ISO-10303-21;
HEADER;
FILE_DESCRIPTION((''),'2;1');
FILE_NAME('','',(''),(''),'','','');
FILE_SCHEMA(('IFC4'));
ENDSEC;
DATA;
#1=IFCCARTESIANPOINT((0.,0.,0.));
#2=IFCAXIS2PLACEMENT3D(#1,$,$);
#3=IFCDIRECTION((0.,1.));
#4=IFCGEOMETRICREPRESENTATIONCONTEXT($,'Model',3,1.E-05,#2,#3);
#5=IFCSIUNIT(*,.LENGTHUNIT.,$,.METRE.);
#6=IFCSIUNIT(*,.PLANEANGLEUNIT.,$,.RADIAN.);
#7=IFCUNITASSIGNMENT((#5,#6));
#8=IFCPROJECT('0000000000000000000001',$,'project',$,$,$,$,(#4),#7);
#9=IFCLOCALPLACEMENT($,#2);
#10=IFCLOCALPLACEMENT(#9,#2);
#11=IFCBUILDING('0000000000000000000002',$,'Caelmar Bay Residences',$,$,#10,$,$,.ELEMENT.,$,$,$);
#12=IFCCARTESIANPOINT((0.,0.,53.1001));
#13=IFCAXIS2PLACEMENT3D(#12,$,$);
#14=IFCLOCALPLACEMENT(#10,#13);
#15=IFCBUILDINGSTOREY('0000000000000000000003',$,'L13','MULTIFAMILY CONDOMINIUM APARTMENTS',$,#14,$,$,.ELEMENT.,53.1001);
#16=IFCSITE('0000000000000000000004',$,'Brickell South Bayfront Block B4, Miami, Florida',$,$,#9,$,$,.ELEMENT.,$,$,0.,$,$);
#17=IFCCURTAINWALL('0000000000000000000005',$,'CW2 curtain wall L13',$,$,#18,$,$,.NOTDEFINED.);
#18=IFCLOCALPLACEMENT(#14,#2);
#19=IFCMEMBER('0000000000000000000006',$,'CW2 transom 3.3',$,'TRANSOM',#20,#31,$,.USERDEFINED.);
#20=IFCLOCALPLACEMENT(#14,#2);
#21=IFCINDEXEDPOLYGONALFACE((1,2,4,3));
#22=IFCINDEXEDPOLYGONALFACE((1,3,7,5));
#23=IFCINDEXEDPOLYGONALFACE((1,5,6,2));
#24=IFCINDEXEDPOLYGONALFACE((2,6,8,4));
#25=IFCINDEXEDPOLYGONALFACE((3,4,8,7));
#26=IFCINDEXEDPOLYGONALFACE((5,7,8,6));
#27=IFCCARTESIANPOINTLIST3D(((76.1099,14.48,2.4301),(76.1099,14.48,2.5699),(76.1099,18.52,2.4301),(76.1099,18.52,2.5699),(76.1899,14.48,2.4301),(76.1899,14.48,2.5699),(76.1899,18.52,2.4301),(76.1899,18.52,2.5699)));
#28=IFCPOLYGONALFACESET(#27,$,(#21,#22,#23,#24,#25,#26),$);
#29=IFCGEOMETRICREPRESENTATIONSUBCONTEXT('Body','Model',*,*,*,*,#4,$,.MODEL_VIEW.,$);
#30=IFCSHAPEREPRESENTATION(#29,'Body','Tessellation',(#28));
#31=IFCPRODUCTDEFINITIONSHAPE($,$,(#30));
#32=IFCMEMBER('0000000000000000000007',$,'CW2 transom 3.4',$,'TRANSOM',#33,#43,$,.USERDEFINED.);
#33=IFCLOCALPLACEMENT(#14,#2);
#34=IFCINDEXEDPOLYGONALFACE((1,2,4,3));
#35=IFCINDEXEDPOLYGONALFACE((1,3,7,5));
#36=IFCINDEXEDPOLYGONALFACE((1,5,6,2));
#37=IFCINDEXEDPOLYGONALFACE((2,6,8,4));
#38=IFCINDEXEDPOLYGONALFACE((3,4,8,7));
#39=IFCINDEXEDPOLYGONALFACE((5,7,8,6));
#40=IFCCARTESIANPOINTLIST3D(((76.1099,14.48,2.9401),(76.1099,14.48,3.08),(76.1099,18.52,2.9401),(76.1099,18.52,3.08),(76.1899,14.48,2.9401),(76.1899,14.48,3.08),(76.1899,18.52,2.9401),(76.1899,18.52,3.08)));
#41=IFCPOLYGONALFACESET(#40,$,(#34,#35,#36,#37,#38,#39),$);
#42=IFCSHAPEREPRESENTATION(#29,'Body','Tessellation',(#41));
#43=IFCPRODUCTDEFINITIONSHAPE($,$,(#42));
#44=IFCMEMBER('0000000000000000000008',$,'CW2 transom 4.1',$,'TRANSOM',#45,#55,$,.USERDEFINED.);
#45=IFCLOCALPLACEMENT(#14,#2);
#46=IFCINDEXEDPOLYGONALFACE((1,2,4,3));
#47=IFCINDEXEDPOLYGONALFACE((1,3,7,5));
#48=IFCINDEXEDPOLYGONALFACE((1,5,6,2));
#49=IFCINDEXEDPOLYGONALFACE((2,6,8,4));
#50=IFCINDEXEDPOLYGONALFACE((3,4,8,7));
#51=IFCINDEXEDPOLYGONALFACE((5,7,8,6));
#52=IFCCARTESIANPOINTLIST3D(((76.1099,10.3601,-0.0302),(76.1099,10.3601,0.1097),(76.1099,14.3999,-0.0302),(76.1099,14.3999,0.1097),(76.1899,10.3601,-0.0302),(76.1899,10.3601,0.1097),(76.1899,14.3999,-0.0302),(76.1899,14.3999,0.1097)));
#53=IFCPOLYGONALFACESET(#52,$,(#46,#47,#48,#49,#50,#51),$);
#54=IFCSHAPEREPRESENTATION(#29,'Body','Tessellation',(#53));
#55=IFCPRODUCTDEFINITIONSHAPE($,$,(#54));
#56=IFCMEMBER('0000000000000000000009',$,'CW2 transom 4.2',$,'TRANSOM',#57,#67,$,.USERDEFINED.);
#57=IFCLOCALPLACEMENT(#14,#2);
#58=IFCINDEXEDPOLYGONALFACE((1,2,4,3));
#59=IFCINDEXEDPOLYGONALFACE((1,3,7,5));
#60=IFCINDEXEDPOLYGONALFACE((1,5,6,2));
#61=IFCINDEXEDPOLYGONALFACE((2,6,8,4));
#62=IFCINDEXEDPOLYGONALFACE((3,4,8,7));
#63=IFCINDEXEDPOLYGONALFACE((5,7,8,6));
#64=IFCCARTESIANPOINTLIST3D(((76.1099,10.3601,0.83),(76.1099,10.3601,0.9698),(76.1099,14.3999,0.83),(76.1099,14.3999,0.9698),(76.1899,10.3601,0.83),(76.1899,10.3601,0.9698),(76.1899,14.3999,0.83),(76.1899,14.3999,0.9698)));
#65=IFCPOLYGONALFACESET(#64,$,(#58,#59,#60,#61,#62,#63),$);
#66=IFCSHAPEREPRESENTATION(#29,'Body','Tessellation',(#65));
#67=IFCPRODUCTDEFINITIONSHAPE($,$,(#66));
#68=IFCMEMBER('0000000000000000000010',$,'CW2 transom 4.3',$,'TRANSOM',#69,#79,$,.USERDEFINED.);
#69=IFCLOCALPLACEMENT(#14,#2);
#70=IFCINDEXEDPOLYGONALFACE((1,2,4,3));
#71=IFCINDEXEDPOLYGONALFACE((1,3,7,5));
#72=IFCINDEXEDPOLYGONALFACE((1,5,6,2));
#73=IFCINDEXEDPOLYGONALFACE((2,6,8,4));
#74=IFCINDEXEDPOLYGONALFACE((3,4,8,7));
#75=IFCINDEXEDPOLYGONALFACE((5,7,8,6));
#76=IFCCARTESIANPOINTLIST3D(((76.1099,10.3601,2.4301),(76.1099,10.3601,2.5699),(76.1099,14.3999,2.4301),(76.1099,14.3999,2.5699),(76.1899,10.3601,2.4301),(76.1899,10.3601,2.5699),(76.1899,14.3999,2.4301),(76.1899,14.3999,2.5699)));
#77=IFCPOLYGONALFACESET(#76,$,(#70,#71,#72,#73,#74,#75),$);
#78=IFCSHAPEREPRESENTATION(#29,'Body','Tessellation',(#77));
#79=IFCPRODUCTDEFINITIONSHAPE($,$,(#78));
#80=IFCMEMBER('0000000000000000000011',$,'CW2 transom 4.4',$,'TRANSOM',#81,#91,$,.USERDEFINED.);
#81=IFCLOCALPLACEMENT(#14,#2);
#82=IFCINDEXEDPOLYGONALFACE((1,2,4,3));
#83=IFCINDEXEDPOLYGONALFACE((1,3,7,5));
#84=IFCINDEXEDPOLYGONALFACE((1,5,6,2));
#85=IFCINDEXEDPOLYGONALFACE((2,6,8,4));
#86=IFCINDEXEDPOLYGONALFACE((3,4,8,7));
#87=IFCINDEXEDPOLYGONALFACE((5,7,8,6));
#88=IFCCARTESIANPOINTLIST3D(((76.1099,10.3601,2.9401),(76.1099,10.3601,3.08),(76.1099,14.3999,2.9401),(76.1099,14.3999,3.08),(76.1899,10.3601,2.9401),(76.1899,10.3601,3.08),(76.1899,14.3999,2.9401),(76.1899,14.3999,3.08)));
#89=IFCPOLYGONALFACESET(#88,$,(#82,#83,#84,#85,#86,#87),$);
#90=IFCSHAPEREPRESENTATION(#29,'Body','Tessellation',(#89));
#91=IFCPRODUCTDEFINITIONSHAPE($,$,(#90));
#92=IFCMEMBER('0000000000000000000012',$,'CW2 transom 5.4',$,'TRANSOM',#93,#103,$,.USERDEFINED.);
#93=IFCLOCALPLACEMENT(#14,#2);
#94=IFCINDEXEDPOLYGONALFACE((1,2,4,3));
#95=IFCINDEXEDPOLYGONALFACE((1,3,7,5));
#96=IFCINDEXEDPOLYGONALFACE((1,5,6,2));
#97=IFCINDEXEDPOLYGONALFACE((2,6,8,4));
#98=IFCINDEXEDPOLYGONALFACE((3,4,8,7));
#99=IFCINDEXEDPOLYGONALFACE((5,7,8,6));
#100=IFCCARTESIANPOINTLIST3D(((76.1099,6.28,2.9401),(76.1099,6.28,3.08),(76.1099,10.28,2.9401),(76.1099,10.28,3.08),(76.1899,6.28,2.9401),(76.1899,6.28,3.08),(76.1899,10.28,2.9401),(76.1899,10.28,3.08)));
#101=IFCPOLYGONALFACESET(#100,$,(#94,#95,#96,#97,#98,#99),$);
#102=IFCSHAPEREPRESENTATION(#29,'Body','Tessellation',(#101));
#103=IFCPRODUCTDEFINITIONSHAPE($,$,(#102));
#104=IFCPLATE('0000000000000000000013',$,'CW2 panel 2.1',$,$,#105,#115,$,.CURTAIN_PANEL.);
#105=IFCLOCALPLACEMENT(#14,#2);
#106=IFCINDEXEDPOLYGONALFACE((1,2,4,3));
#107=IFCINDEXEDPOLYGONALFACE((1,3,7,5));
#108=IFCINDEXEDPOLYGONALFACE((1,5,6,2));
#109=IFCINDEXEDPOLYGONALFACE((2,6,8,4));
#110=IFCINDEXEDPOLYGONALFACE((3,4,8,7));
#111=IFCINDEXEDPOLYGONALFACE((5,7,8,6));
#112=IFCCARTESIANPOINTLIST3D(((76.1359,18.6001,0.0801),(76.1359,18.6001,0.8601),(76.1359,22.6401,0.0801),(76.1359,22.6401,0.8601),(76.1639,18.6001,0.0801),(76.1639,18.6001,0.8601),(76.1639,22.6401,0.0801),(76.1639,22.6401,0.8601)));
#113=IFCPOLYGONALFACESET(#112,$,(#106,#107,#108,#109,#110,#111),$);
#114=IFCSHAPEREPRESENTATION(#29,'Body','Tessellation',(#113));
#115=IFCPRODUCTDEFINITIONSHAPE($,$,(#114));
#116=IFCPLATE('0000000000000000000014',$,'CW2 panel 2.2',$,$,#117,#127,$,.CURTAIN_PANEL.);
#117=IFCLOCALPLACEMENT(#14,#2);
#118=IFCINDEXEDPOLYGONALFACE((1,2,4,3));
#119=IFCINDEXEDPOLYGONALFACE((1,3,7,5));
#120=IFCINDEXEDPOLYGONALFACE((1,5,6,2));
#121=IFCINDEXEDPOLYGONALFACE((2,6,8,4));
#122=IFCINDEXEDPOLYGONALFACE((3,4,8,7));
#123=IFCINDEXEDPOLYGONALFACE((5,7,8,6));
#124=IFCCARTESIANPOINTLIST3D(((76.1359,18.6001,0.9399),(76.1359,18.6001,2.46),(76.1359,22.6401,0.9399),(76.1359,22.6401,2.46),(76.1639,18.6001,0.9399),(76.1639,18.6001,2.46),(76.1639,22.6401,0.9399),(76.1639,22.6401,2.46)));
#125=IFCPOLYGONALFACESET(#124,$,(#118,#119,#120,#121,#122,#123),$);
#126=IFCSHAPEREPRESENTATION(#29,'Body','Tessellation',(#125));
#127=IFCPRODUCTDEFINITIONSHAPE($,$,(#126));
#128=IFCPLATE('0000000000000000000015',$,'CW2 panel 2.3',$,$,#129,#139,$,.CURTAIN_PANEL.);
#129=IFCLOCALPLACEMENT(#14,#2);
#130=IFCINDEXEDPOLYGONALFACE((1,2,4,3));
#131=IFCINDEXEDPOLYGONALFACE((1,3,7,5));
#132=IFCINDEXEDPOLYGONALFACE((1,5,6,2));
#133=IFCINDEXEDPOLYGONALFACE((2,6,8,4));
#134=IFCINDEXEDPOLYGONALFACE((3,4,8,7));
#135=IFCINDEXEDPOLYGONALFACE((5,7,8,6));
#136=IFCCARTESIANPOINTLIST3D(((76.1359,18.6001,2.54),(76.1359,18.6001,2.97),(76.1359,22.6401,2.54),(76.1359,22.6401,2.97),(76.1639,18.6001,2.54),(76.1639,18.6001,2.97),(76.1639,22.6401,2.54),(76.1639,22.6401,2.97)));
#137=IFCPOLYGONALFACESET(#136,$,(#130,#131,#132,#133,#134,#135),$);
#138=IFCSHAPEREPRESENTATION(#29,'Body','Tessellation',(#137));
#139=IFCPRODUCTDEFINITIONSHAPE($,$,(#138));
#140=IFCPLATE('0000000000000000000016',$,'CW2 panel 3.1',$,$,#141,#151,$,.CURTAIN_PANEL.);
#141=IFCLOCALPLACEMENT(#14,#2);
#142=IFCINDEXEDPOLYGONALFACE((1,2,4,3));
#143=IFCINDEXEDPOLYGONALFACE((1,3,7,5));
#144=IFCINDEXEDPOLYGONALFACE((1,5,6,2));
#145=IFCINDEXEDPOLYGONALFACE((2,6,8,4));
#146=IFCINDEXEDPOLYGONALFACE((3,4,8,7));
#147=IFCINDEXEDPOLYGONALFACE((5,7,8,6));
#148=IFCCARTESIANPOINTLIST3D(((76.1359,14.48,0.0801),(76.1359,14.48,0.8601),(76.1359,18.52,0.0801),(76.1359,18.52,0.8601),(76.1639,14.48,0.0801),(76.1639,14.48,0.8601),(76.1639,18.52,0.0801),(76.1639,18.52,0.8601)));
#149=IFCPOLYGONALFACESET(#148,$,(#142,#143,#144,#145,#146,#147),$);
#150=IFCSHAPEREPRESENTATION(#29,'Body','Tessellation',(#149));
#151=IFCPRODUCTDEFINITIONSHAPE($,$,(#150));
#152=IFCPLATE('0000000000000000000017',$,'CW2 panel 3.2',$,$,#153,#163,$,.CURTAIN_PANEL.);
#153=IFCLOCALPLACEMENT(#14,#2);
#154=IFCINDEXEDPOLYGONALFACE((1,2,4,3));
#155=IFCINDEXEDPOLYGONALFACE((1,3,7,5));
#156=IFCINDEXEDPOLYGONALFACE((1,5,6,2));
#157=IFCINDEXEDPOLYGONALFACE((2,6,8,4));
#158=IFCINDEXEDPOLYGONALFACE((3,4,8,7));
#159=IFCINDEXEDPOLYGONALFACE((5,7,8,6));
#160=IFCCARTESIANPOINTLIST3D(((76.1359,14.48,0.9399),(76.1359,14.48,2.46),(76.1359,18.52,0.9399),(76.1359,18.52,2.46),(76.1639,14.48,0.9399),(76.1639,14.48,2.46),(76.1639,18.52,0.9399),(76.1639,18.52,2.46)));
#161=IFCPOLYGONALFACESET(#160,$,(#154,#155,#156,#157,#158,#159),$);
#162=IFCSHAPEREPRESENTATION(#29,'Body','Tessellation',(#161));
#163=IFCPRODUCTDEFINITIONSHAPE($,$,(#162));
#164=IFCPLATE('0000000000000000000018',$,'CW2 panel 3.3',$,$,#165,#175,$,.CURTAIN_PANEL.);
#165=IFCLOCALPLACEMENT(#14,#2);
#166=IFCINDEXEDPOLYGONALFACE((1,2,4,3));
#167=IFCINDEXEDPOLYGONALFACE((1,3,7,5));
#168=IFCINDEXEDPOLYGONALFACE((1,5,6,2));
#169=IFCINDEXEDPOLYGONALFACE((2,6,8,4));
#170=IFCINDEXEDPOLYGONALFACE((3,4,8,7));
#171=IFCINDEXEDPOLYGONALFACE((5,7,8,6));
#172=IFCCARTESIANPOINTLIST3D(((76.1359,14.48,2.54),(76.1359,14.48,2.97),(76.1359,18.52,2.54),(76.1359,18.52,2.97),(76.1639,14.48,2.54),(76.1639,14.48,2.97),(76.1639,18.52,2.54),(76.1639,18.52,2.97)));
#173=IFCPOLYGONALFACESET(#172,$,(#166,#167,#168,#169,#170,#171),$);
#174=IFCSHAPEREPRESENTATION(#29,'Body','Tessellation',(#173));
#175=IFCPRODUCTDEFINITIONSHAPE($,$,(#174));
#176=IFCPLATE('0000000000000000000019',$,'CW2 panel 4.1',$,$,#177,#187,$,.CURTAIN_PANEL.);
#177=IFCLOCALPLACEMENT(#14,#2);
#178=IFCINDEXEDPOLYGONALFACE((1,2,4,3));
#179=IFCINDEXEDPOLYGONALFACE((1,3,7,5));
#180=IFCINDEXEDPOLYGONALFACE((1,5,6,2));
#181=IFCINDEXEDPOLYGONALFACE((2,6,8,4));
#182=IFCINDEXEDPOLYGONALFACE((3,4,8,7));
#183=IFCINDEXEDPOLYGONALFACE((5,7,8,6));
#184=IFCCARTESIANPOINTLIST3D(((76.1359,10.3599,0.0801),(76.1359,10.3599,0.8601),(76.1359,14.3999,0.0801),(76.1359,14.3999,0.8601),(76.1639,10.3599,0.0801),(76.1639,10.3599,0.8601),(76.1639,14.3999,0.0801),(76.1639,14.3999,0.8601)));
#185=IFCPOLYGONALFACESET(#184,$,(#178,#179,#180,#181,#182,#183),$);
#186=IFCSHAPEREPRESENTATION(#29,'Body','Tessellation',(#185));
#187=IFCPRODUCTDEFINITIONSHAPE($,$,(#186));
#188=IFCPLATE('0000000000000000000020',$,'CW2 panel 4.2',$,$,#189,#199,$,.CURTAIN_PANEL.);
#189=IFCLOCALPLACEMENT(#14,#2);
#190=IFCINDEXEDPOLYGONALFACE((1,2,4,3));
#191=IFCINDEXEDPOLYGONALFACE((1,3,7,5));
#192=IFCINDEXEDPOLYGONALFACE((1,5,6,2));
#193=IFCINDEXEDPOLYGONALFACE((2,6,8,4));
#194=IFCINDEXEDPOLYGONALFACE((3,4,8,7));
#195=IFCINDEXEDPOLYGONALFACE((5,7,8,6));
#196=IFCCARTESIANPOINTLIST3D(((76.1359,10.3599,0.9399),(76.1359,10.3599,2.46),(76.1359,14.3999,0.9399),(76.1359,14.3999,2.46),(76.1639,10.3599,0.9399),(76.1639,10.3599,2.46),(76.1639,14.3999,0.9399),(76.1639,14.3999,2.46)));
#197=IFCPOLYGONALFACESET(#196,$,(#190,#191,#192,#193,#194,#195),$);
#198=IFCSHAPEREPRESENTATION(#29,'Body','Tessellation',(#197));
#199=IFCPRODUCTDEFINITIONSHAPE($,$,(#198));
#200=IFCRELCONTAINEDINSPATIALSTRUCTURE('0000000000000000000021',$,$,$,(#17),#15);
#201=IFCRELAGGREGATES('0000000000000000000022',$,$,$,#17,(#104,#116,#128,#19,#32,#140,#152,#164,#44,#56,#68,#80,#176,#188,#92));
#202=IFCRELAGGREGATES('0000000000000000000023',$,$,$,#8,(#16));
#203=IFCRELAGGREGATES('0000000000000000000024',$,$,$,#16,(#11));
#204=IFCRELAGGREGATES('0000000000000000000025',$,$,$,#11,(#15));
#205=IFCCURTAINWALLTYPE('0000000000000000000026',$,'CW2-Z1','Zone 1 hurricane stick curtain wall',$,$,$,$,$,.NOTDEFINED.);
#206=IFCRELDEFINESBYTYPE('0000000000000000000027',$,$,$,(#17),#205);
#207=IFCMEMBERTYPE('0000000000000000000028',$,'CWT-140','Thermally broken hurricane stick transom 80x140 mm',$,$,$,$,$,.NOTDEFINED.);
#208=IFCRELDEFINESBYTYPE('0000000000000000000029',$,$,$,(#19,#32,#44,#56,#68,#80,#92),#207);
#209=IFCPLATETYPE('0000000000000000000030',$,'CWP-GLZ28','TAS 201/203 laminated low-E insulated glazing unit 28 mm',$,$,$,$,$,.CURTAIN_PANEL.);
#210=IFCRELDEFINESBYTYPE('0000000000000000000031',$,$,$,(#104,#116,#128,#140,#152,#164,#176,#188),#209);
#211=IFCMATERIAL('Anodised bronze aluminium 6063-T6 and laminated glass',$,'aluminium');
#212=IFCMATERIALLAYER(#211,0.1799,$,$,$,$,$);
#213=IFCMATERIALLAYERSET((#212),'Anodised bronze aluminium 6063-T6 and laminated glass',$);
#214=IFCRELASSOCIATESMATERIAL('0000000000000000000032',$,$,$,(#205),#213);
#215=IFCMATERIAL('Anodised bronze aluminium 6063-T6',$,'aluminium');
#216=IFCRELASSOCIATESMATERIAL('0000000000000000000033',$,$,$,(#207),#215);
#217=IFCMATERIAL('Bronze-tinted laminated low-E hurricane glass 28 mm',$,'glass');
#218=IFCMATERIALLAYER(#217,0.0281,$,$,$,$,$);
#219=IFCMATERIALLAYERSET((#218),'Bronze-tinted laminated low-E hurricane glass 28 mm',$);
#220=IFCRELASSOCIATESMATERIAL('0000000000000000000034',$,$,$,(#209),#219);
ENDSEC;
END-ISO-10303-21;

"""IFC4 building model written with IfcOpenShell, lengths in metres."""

from ifc_helpers import new_model, si_unit, direction, frame, origin, origin_2d, place, context, subcontext, project, spatial, rectangle, extrude, material, layer, layer_set, material_profile, profile_set, type_object, element, aggregate, save


model = new_model("IFC4")

# Units and contexts
model_context = context("Model", 3, precision=1e-05, world=origin(), true_north=direction((0.0, 1.0)))
body_context = subcontext(model_context, "Body", "Model", "MODEL_VIEW")
ifc_project = project(units=[si_unit("LENGTHUNIT", "METRE"), si_unit("PLANEANGLEUNIT", "RADIAN")], contexts=[model_context])

# Site, building, storey
site_placement = place(None, origin())
site = spatial("IfcSite", under=ifc_project, at=site_placement, Name="Brickell South Bayfront Block B4, Miami, Florida", CompositionType="ELEMENT", RefElevation=0.0)
building_placement = place(site_placement, origin())
building = spatial("IfcBuilding", under=site, at=building_placement, Name="Caelmar Bay Residences", CompositionType="ELEMENT")
storey_placement = place(building_placement, frame((0.0, 0.0, 53.1001)))
storey = spatial("IfcBuildingStorey", under=building, at=storey_placement, Name="L13", Description="MULTIFAMILY CONDOMINIUM APARTMENTS", CompositionType="ELEMENT", Elevation=53.1001)

# Curtain wall, members, plates
ifc_material_1 = material(Name="Anodised bronze aluminium 6063-T6 and laminated glass", Category="aluminium")
ifc_layer_1 = layer(ifc_material_1, 0.1799)
ifc_layer_set_1 = layer_set([ifc_layer_1], Name="Anodised bronze aluminium 6063-T6 and laminated glass")
curtain_wall_type = type_object("IfcCurtainWallType", Name="CW2-Z1", Description="Zone 1 hurricane stick curtain wall", PredefinedType="NOTDEFINED", material=ifc_layer_set_1)
curtain_wall_placement = place(storey_placement, origin())
curtain_wall = element("IfcCurtainWall", 1, at=curtain_wall_placement, inside=storey, type_object=curtain_wall_type, Name="CW2 curtain wall L13", PredefinedType="NOTDEFINED")
ifc_material_2 = material(Name="Anodised bronze aluminium 6063-T6", Category="aluminium")
ifc_material_profile_1 = material_profile(ifc_material_2, rectangle(XDim=0.0801, YDim=0.1399, at=origin_2d()), Name="CWT-80X140")
ifc_profile_set_1 = profile_set([ifc_material_profile_1], Name="Anodised bronze aluminium 6063-T6")
member_type_1 = type_object("IfcMemberType", Name="CWT-140", Description="Thermally broken hurricane stick transom 80x140 mm", PredefinedType="NOTDEFINED", material=ifc_profile_set_1)
member_1_placement = place(storey_placement, frame((76.1499, 18.52, 2.5), z_axis=(0.0, -1.0, 0.0), x_axis=(1.0, 0.0, 0.0)))
member_1 = element("IfcMember", 2, at=member_1_placement, type_object=member_type_1, Name="CW2 transom 3.3", ObjectType="TRANSOM", PredefinedType="USERDEFINED", context=body_context, shape_type="SweptSolid", body=[
    extrude(rectangle(XDim=0.0801, YDim=0.1399, at=origin_2d()), origin(), (0.0, 0.0, 1.0), 4.04),
])
member_2_placement = place(storey_placement, frame((76.1499, 18.52, 3.01), z_axis=(0.0, -1.0, 0.0), x_axis=(1.0, 0.0, 0.0)))
member_2 = element("IfcMember", 3, at=member_2_placement, type_object=member_type_1, Name="CW2 transom 3.4", ObjectType="TRANSOM", PredefinedType="USERDEFINED", context=body_context, shape_type="SweptSolid", body=[
    extrude(rectangle(XDim=0.0801, YDim=0.1399, at=origin_2d()), origin(), (0.0, 0.0, 1.0), 4.04),
])
member_3_placement = place(storey_placement, frame((76.1499, 14.3999, 0.0398), z_axis=(0.0, -1.0, 0.0), x_axis=(1.0, 0.0, 0.0)))
member_3 = element("IfcMember", 4, at=member_3_placement, type_object=member_type_1, Name="CW2 transom 4.1", ObjectType="TRANSOM", PredefinedType="USERDEFINED", context=body_context, shape_type="SweptSolid", body=[
    extrude(rectangle(XDim=0.0801, YDim=0.1399, at=origin_2d()), origin(), (0.0, 0.0, 1.0), 4.0398),
])
member_4_placement = place(storey_placement, frame((76.1499, 14.3999, 0.8999), z_axis=(0.0, -1.0, 0.0), x_axis=(1.0, 0.0, 0.0)))
member_4 = element("IfcMember", 5, at=member_4_placement, type_object=member_type_1, Name="CW2 transom 4.2", ObjectType="TRANSOM", PredefinedType="USERDEFINED", context=body_context, shape_type="SweptSolid", body=[
    extrude(rectangle(XDim=0.0801, YDim=0.1399, at=origin_2d()), origin(), (0.0, 0.0, 1.0), 4.0398),
])
member_5_placement = place(storey_placement, frame((76.1499, 14.3999, 2.5), z_axis=(0.0, -1.0, 0.0), x_axis=(1.0, 0.0, 0.0)))
member_5 = element("IfcMember", 6, at=member_5_placement, type_object=member_type_1, Name="CW2 transom 4.3", ObjectType="TRANSOM", PredefinedType="USERDEFINED", context=body_context, shape_type="SweptSolid", body=[
    extrude(rectangle(XDim=0.0801, YDim=0.1399, at=origin_2d()), origin(), (0.0, 0.0, 1.0), 4.0398),
])
member_6_placement = place(storey_placement, frame((76.1499, 14.3999, 3.01), z_axis=(0.0, -1.0, 0.0), x_axis=(1.0, 0.0, 0.0)))
member_6 = element("IfcMember", 7, at=member_6_placement, type_object=member_type_1, Name="CW2 transom 4.4", ObjectType="TRANSOM", PredefinedType="USERDEFINED", context=body_context, shape_type="SweptSolid", body=[
    extrude(rectangle(XDim=0.0801, YDim=0.1399, at=origin_2d()), origin(), (0.0, 0.0, 1.0), 4.0398),
])
member_7_placement = place(storey_placement, frame((76.1499, 10.28, 3.01), z_axis=(0.0, -1.0, 0.0), x_axis=(1.0, 0.0, 0.0)))
member_7 = element("IfcMember", 8, at=member_7_placement, type_object=member_type_1, Name="CW2 transom 5.4", ObjectType="TRANSOM", PredefinedType="USERDEFINED", context=body_context, shape_type="SweptSolid", body=[
    extrude(rectangle(XDim=0.0801, YDim=0.1399, at=origin_2d()), origin(), (0.0, 0.0, 1.0), 4.0),
])
ifc_material_3 = material(Name="Bronze-tinted laminated low-E hurricane glass 28 mm", Category="glass")
ifc_layer_2 = layer(ifc_material_3, 0.0281)
ifc_layer_set_2 = layer_set([ifc_layer_2], Name="Bronze-tinted laminated low-E hurricane glass 28 mm")
plate_type = type_object("IfcPlateType", Name="CWP-GLZ28", Description="TAS 201/203 laminated low-E insulated glazing unit 28 mm", PredefinedType="CURTAIN_PANEL", material=ifc_layer_set_2)
plate_1_placement = place(storey_placement, frame((76.1499, 20.6201, 0.0801), z_axis=(0.0, 0.0, 1.0), x_axis=(0.0, -1.0, 0.0)))
plate_1 = element("IfcPlate", 9, at=plate_1_placement, type_object=plate_type, Name="CW2 panel 2.1", PredefinedType="CURTAIN_PANEL", context=body_context, shape_type="SweptSolid", body=[
    extrude(rectangle(XDim=4.04, YDim=0.0281, at=origin_2d()), origin(), (0.0, 0.0, 1.0), 0.78),
])
plate_2_placement = place(storey_placement, frame((76.1499, 20.6201, 0.9399), z_axis=(0.0, 0.0, 1.0), x_axis=(0.0, -1.0, 0.0)))
plate_2 = element("IfcPlate", 10, at=plate_2_placement, type_object=plate_type, Name="CW2 panel 2.2", PredefinedType="CURTAIN_PANEL", context=body_context, shape_type="SweptSolid", body=[
    extrude(rectangle(XDim=4.04, YDim=0.0281, at=origin_2d()), origin(), (0.0, 0.0, 1.0), 1.52),
])
plate_3_placement = place(storey_placement, frame((76.1499, 20.6201, 2.54), z_axis=(0.0, 0.0, 1.0), x_axis=(0.0, -1.0, 0.0)))
plate_3 = element("IfcPlate", 11, at=plate_3_placement, type_object=plate_type, Name="CW2 panel 2.3", PredefinedType="CURTAIN_PANEL", context=body_context, shape_type="SweptSolid", body=[
    extrude(rectangle(XDim=4.04, YDim=0.0281, at=origin_2d()), origin(), (0.0, 0.0, 1.0), 0.4299),
])
plate_4_placement = place(storey_placement, frame((76.1499, 16.5, 0.0801), z_axis=(0.0, 0.0, 1.0), x_axis=(0.0, -1.0, 0.0)))
plate_4 = element("IfcPlate", 12, at=plate_4_placement, type_object=plate_type, Name="CW2 panel 3.1", PredefinedType="CURTAIN_PANEL", context=body_context, shape_type="SweptSolid", body=[
    extrude(rectangle(XDim=4.04, YDim=0.0281, at=origin_2d()), origin(), (0.0, 0.0, 1.0), 0.78),
])
plate_5_placement = place(storey_placement, frame((76.1499, 16.5, 0.9399), z_axis=(0.0, 0.0, 1.0), x_axis=(0.0, -1.0, 0.0)))
plate_5 = element("IfcPlate", 13, at=plate_5_placement, type_object=plate_type, Name="CW2 panel 3.2", PredefinedType="CURTAIN_PANEL", context=body_context, shape_type="SweptSolid", body=[
    extrude(rectangle(XDim=4.04, YDim=0.0281, at=origin_2d()), origin(), (0.0, 0.0, 1.0), 1.52),
])
plate_6_placement = place(storey_placement, frame((76.1499, 16.5, 2.54), z_axis=(0.0, 0.0, 1.0), x_axis=(0.0, -1.0, 0.0)))
plate_6 = element("IfcPlate", 14, at=plate_6_placement, type_object=plate_type, Name="CW2 panel 3.3", PredefinedType="CURTAIN_PANEL", context=body_context, shape_type="SweptSolid", body=[
    extrude(rectangle(XDim=4.04, YDim=0.0281, at=origin_2d()), origin(), (0.0, 0.0, 1.0), 0.4299),
])
plate_7_placement = place(storey_placement, frame((76.1499, 12.3799, 0.0801), z_axis=(0.0, 0.0, 1.0), x_axis=(0.0, -1.0, 0.0)))
plate_7 = element("IfcPlate", 15, at=plate_7_placement, type_object=plate_type, Name="CW2 panel 4.1", PredefinedType="CURTAIN_PANEL", context=body_context, shape_type="SweptSolid", body=[
    extrude(rectangle(XDim=4.04, YDim=0.0281, at=origin_2d()), origin(), (0.0, 0.0, 1.0), 0.78),
])
plate_8_placement = place(storey_placement, frame((76.1499, 12.3799, 0.9399), z_axis=(0.0, 0.0, 1.0), x_axis=(0.0, -1.0, 0.0)))
plate_8 = element("IfcPlate", 16, at=plate_8_placement, type_object=plate_type, Name="CW2 panel 4.2", PredefinedType="CURTAIN_PANEL", context=body_context, shape_type="SweptSolid", body=[
    extrude(rectangle(XDim=4.04, YDim=0.0281, at=origin_2d()), origin(), (0.0, 0.0, 1.0), 1.52),
])
aggregate(curtain_wall, [plate_1, plate_2, plate_3, member_1, member_2, plate_4, plate_5, plate_6, member_3, member_4, member_5, member_6, plate_7, plate_8, member_7])

save(model, "model.ifc")
